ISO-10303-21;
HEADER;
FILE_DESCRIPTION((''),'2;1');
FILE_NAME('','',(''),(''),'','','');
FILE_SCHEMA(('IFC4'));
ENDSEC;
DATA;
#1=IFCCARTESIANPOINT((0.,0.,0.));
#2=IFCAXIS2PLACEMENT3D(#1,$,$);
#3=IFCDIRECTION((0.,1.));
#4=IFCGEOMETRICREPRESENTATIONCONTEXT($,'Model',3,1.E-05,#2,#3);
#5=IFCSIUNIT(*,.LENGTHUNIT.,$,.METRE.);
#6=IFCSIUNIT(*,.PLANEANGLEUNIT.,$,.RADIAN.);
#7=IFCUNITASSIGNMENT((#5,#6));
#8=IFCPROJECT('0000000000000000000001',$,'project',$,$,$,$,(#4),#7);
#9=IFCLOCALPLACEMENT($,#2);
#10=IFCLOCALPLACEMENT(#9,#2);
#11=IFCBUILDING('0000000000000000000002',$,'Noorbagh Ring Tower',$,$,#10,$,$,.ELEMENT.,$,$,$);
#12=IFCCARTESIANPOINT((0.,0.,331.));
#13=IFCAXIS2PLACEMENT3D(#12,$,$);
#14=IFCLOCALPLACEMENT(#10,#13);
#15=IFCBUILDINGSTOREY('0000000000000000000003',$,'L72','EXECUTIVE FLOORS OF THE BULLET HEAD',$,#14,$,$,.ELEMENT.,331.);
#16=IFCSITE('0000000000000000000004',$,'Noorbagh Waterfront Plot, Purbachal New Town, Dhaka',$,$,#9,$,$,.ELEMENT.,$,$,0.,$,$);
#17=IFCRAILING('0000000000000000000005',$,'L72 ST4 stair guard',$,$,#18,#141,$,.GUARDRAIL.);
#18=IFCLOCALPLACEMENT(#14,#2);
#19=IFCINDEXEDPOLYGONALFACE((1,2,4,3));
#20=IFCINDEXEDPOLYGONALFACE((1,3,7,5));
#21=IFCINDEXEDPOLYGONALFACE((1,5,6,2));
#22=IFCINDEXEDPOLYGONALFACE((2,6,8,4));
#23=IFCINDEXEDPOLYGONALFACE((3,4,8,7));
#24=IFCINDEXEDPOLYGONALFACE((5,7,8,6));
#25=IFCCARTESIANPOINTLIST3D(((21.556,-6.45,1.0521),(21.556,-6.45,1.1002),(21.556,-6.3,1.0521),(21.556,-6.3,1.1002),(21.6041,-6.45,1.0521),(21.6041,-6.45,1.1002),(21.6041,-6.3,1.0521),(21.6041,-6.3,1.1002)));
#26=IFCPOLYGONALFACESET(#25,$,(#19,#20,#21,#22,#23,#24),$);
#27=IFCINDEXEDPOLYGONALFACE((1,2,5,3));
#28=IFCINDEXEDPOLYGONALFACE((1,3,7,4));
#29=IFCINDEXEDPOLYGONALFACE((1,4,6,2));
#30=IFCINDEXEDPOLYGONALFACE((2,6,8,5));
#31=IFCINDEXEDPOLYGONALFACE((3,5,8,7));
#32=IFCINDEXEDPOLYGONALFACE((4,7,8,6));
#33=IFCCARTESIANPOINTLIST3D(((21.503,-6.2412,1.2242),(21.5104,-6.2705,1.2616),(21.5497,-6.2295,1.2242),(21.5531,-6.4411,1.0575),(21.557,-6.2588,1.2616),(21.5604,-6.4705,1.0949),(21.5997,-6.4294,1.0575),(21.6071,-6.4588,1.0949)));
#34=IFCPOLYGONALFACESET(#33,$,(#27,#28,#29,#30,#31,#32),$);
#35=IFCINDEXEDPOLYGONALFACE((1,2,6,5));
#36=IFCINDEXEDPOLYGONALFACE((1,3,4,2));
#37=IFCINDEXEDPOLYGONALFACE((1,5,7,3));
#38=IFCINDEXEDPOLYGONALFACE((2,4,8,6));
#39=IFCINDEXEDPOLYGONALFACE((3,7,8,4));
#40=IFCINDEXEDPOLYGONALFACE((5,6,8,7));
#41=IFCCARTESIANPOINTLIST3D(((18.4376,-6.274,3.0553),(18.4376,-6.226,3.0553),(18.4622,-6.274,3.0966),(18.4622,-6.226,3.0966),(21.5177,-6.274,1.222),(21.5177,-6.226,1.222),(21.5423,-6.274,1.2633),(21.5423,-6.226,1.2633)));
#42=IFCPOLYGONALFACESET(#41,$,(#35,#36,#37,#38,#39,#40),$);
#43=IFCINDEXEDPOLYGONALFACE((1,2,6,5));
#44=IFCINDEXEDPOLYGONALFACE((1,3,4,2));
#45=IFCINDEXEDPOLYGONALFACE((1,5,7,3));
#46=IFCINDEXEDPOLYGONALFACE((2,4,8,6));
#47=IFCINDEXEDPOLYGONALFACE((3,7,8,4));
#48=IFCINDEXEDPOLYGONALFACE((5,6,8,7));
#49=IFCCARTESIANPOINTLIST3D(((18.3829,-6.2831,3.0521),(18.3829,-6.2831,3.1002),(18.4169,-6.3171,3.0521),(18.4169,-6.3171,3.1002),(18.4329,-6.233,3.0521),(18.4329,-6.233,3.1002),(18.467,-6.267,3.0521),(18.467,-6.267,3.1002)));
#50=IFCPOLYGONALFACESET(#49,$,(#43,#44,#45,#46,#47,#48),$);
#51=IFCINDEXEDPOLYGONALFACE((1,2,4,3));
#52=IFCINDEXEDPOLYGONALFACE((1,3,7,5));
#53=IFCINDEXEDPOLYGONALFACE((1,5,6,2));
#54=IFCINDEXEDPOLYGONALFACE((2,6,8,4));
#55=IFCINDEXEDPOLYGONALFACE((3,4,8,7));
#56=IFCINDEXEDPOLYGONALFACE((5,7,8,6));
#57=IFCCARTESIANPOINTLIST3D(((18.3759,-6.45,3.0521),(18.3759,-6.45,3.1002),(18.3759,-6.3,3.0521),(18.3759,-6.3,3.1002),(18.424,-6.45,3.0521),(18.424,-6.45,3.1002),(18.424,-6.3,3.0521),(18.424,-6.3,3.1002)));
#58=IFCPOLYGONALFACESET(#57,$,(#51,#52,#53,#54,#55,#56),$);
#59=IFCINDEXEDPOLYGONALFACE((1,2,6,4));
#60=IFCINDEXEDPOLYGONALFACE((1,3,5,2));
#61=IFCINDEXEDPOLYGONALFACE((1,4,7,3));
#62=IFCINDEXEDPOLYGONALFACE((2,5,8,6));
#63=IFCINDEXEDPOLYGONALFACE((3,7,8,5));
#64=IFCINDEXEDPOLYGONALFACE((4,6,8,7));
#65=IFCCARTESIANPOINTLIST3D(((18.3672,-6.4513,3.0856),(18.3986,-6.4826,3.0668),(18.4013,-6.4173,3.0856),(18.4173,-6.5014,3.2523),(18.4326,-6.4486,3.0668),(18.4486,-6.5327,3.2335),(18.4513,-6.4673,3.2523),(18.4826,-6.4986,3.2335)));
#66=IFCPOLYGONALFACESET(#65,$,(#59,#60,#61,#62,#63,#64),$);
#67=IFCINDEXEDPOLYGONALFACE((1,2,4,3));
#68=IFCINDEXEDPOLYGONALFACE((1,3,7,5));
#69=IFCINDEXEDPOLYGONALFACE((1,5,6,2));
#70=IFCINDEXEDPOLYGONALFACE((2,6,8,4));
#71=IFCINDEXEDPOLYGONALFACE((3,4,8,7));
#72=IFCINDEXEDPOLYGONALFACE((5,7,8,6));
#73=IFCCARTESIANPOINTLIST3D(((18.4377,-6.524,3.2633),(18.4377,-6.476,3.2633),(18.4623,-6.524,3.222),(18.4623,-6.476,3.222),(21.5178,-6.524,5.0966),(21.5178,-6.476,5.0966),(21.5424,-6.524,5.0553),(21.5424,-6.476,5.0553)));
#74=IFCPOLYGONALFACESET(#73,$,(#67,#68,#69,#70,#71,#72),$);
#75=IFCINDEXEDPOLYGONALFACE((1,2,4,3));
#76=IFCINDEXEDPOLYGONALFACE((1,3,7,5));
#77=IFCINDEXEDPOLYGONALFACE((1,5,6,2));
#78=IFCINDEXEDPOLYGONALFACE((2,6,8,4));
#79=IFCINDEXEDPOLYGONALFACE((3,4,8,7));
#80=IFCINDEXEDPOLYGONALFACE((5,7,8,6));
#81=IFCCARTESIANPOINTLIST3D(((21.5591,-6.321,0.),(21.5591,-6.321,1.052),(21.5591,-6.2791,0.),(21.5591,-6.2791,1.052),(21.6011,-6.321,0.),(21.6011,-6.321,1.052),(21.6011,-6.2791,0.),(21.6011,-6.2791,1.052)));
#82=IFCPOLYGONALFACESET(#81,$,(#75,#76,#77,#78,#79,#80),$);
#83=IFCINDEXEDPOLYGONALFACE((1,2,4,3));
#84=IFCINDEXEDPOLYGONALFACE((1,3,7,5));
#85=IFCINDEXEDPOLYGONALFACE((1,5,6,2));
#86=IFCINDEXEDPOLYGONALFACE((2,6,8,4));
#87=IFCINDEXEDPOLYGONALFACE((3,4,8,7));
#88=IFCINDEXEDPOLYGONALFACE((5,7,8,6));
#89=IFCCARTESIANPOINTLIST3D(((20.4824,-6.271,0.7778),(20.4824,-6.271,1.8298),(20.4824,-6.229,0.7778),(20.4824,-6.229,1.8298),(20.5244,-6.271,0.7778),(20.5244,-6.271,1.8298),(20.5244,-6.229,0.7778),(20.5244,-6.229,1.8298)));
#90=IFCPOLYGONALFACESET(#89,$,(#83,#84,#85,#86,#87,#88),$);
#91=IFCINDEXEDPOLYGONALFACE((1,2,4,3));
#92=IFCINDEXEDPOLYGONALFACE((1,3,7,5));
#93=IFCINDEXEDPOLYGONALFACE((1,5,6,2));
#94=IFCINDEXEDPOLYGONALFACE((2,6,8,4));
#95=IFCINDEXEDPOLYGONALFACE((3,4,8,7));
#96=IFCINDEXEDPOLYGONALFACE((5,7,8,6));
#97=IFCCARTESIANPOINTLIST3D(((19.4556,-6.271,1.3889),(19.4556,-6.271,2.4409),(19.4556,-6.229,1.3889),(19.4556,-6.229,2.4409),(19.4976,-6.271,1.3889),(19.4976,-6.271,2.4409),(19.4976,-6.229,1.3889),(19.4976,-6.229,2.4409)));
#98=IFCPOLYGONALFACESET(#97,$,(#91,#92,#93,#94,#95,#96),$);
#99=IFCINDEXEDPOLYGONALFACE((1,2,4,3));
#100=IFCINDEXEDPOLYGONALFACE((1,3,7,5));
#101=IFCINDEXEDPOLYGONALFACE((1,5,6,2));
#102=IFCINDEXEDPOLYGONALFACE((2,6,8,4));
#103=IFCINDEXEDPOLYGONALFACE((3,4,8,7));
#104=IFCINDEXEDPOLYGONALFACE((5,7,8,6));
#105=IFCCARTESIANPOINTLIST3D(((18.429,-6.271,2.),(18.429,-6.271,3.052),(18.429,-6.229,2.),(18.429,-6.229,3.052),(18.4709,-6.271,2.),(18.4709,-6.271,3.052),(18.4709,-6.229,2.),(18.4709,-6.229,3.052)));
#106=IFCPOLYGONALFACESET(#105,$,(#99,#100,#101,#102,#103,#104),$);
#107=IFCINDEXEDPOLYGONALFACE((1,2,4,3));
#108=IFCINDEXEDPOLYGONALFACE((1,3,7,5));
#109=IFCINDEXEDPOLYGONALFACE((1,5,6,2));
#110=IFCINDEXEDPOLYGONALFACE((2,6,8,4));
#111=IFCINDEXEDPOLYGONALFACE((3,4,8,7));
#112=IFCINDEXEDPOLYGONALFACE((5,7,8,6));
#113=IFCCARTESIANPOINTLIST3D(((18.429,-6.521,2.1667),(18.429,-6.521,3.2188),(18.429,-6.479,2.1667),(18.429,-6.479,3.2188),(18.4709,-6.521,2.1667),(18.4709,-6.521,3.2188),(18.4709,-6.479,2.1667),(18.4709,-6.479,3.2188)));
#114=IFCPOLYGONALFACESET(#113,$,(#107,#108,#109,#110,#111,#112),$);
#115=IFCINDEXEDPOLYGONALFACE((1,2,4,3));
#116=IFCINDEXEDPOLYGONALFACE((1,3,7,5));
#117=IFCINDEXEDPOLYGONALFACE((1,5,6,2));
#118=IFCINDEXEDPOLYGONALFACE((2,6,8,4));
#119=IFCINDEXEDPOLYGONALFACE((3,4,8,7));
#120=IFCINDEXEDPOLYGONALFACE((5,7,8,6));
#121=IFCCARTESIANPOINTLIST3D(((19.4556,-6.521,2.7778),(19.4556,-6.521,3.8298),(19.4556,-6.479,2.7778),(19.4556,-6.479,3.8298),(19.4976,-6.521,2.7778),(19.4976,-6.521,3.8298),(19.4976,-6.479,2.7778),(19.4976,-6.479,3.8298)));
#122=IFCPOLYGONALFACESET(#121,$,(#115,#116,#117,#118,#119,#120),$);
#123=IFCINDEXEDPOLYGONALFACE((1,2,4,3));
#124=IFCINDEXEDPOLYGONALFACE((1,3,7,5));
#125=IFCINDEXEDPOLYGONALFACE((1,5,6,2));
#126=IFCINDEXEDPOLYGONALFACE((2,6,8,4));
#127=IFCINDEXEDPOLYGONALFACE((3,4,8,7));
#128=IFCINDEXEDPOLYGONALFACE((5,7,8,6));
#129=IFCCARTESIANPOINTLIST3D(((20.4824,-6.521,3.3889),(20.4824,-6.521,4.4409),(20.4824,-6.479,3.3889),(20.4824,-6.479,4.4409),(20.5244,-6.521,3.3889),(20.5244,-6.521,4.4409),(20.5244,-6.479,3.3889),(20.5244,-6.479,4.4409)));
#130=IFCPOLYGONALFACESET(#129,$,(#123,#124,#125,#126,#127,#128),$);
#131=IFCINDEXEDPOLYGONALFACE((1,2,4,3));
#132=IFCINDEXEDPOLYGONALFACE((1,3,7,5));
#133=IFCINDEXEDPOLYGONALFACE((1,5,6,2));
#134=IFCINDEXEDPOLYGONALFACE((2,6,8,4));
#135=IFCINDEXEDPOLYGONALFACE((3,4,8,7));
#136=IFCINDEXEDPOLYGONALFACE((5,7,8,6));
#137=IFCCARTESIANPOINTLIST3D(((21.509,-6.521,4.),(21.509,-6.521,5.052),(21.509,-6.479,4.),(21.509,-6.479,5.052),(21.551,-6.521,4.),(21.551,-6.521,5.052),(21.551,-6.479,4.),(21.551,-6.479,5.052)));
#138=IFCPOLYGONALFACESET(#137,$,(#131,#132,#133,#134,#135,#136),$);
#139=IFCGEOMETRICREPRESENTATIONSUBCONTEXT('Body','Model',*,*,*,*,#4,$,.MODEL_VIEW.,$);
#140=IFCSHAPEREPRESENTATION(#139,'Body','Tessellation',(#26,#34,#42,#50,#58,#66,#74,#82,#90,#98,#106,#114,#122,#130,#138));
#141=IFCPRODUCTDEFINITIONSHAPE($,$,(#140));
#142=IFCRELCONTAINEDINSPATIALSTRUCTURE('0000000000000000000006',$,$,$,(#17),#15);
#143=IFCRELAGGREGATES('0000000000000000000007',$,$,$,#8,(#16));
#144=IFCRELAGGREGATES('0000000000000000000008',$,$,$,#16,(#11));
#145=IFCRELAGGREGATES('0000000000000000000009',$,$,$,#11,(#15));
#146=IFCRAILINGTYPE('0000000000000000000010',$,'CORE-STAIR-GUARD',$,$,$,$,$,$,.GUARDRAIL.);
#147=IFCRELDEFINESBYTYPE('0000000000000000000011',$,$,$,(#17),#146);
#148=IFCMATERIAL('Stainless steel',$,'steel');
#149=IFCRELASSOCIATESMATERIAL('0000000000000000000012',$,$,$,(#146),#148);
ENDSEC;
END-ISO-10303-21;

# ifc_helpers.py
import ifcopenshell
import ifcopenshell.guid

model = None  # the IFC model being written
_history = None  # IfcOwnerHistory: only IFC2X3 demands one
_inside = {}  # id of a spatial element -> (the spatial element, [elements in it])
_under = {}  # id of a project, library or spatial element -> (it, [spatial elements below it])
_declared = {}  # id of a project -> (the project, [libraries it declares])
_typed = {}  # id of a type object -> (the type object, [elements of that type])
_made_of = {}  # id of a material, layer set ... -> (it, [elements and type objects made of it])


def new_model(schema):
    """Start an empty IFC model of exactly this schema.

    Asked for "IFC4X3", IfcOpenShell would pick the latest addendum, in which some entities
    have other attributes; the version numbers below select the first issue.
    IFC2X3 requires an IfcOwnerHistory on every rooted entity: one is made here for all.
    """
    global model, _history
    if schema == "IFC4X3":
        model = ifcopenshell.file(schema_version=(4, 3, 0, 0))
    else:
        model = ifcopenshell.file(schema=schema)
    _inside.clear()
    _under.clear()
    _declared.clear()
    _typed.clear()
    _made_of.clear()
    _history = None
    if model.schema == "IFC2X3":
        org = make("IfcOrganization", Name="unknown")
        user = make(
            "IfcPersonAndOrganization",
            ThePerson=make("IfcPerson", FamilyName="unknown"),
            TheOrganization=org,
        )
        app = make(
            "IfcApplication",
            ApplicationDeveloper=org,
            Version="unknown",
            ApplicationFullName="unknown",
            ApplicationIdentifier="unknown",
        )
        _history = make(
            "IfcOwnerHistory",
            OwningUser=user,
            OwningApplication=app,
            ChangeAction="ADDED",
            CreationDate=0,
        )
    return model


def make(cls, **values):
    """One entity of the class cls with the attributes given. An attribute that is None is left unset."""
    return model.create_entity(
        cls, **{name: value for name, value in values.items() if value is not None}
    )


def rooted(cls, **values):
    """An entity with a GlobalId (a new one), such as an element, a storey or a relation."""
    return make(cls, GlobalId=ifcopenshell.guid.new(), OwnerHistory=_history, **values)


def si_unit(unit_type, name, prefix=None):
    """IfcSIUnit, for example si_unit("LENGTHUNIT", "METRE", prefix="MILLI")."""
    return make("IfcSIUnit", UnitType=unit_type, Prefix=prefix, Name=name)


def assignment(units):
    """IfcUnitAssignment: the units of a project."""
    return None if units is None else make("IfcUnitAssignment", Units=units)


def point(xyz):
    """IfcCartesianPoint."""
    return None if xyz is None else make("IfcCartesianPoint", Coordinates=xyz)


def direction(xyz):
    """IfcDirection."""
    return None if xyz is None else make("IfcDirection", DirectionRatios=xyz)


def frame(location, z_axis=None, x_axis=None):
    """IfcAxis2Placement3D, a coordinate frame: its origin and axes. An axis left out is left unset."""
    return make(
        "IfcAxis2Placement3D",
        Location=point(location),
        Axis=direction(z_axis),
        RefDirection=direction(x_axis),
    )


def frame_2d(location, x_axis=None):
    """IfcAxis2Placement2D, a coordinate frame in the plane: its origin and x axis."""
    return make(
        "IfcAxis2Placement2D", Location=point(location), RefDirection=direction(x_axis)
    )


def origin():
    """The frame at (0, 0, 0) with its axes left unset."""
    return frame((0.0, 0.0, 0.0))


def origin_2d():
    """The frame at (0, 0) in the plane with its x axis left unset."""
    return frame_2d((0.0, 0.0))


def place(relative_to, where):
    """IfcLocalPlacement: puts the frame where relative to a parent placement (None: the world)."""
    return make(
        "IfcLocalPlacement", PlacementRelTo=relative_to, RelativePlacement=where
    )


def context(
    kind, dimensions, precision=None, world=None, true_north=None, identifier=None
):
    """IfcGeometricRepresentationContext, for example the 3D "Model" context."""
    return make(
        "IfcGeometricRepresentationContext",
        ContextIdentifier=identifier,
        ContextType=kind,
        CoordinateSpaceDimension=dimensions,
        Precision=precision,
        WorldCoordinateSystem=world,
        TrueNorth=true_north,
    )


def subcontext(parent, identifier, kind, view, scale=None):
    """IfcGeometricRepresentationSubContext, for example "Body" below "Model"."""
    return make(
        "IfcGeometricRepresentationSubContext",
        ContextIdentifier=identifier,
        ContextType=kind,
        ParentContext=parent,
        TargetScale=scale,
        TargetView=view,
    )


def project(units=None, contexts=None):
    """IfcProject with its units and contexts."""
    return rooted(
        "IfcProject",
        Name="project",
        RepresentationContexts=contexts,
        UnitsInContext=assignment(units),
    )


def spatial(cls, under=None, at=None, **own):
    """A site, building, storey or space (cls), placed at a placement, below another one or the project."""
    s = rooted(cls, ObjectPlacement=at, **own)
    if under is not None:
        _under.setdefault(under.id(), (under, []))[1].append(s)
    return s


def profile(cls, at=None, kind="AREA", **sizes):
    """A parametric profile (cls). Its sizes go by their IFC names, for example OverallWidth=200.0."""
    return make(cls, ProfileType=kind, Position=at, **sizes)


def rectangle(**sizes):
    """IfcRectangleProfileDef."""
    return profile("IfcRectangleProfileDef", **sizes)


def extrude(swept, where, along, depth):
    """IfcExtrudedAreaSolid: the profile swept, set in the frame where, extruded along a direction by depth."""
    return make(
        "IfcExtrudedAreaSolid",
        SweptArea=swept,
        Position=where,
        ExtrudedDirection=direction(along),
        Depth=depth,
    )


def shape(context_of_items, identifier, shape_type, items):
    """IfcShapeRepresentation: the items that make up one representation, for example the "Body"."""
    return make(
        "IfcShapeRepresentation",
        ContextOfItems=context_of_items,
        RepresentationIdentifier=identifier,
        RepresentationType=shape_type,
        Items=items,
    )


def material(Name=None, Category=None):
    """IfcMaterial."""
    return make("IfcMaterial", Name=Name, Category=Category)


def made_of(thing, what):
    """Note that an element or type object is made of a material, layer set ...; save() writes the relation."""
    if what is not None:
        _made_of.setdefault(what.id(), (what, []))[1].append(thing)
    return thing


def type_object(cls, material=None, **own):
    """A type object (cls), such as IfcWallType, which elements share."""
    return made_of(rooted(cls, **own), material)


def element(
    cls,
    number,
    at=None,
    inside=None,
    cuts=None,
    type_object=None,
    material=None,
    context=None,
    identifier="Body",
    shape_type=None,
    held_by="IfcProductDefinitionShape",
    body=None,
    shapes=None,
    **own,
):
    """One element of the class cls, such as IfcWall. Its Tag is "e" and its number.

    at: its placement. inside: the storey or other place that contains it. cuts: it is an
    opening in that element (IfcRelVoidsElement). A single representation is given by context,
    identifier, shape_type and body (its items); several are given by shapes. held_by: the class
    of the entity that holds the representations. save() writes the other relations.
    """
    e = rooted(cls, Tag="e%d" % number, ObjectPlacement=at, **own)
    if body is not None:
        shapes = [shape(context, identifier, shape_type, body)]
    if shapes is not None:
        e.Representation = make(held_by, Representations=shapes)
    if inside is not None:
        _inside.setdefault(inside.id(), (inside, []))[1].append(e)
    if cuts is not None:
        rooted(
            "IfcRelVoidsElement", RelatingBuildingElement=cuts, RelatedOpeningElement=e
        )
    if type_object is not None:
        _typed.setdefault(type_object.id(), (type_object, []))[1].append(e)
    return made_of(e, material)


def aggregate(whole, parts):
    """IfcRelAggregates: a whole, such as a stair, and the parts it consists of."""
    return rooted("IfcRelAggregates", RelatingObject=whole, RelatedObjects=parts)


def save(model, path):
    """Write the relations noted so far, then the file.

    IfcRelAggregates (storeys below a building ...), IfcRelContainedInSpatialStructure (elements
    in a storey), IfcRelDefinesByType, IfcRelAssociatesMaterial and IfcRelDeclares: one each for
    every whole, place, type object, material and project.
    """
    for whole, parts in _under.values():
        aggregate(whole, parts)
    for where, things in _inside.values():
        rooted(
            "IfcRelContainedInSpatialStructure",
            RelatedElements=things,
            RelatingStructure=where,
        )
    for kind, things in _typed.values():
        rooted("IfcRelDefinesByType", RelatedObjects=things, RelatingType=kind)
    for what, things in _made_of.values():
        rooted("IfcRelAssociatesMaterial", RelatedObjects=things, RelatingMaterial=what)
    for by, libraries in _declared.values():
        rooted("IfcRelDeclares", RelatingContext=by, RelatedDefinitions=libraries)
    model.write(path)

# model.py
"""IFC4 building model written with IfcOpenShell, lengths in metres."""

from ifc_helpers import new_model, si_unit, direction, frame, origin, origin_2d, place, context, subcontext, project, spatial, rectangle, extrude, material, type_object, element, save


model = new_model("IFC4")

# Units and contexts
model_context = context("Model", 3, precision=1e-05, world=origin(), true_north=direction((0.0, 1.0)))
body_context = subcontext(model_context, "Body", "Model", "MODEL_VIEW")
ifc_project = project(units=[si_unit("LENGTHUNIT", "METRE"), si_unit("PLANEANGLEUNIT", "RADIAN")], contexts=[model_context])

# Site, building, storey
site_placement = place(None, origin())
site = spatial("IfcSite", under=ifc_project, at=site_placement, Name="Noorbagh Waterfront Plot, Purbachal New Town, Dhaka", CompositionType="ELEMENT", RefElevation=0.0)
building_placement = place(site_placement, origin())
building = spatial("IfcBuilding", under=site, at=building_placement, Name="Noorbagh Ring Tower", CompositionType="ELEMENT")
storey_placement = place(building_placement, frame((0.0, 0.0, 331.0)))
storey = spatial("IfcBuildingStorey", under=building, at=storey_placement, Name="L72", Description="EXECUTIVE FLOORS OF THE BULLET HEAD", CompositionType="ELEMENT", Elevation=331.0)

# Railing
ifc_material_1 = material(Name="Stainless steel", Category="steel")
railing_type_1 = type_object("IfcRailingType", Name="CORE-STAIR-GUARD", PredefinedType="GUARDRAIL", material=ifc_material_1)
railing_1_placement = place(storey_placement, frame((21.5801, -6.3, 0.0)))
element("IfcRailing", 1, at=railing_1_placement, inside=storey, type_object=railing_type_1, Name="L72 ST4 stair guard", PredefinedType="GUARDRAIL", context=body_context, shape_type="SweptSolid", body=[
    extrude(rectangle(XDim=0.0481, YDim=0.0481, at=origin_2d()), frame((0.0, 0.0, 1.0762), z_axis=(0.0, -1.0, 0.0), x_axis=(1.0, 0.0, 0.0)), (0.0, 0.0, 1.0), 0.1499),
    extrude(rectangle(XDim=0.0481, YDim=0.0481, at=origin_2d()), frame((0.0, -0.1499, 1.0762), z_axis=(-0.188776, 0.754182, 0.628946), x_axis=(-0.970073, -0.242814, 0.0)), (0.0, 0.0, 1.0), 0.2651),
    extrude(rectangle(XDim=0.0481, YDim=0.0481, at=origin_2d()), frame((-0.05, 0.05, 1.2427), z_axis=(-0.859309, 0.0, 0.511458), x_axis=(0.0, -1.0, 0.0)), (0.0, 0.0, 1.0), 3.5845),
    extrude(rectangle(XDim=0.0481, YDim=0.0481, at=origin_2d()), frame((-3.1301, 0.05, 3.0762), z_axis=(-0.707107, -0.707107, 0.0), x_axis=(0.707107, -0.707107, 0.0)), (0.0, 0.0, 1.0), 0.0708),
    extrude(rectangle(XDim=0.0481, YDim=0.0481, at=origin_2d()), frame((-3.1802, 0.0, 3.0762), z_axis=(0.0, -1.0, 0.0), x_axis=(1.0, 0.0, 0.0)), (0.0, 0.0, 1.0), 0.1499),
    extrude(rectangle(XDim=0.0481, YDim=0.0481, at=origin_2d()), frame((-3.1802, -0.1499, 3.0762), z_axis=(0.276287, -0.276287, 0.920506), x_axis=(0.707107, 0.707107, 0.0)), (0.0, 0.0, 1.0), 0.1812),
    extrude(rectangle(XDim=0.0481, YDim=0.0481, at=origin_2d()), frame((-3.1301, -0.2, 3.2427), z_axis=(0.859309, 0.0, 0.511458), x_axis=(0.0, 1.0, 0.0)), (0.0, 0.0, 1.0), 3.5845),
    extrude(rectangle(XDim=0.042, YDim=0.042, at=origin_2d()), origin(), (0.0, 0.0, 1.0), 1.052),
    extrude(rectangle(XDim=0.042, YDim=0.042, at=origin_2d()), frame((-1.0767, 0.05, 0.7778)), (0.0, 0.0, 1.0), 1.052),
    extrude(rectangle(XDim=0.042, YDim=0.042, at=origin_2d()), frame((-2.1035, 0.05, 1.3889)), (0.0, 0.0, 1.0), 1.052),
    extrude(rectangle(XDim=0.042, YDim=0.042, at=origin_2d()), frame((-3.1301, 0.05, 2.0)), (0.0, 0.0, 1.0), 1.052),
    extrude(rectangle(XDim=0.042, YDim=0.042, at=origin_2d()), frame((-3.1301, -0.2, 2.1667)), (0.0, 0.0, 1.0), 1.052),
    extrude(rectangle(XDim=0.042, YDim=0.042, at=origin_2d()), frame((-2.1035, -0.2, 2.7778)), (0.0, 0.0, 1.0), 1.052),
    extrude(rectangle(XDim=0.042, YDim=0.042, at=origin_2d()), frame((-1.0767, -0.2, 3.3889)), (0.0, 0.0, 1.0), 1.052),
    extrude(rectangle(XDim=0.042, YDim=0.042, at=origin_2d()), frame((-0.05, -0.2, 4.0)), (0.0, 0.0, 1.0), 1.052),
])

save(model, "model.ifc")
